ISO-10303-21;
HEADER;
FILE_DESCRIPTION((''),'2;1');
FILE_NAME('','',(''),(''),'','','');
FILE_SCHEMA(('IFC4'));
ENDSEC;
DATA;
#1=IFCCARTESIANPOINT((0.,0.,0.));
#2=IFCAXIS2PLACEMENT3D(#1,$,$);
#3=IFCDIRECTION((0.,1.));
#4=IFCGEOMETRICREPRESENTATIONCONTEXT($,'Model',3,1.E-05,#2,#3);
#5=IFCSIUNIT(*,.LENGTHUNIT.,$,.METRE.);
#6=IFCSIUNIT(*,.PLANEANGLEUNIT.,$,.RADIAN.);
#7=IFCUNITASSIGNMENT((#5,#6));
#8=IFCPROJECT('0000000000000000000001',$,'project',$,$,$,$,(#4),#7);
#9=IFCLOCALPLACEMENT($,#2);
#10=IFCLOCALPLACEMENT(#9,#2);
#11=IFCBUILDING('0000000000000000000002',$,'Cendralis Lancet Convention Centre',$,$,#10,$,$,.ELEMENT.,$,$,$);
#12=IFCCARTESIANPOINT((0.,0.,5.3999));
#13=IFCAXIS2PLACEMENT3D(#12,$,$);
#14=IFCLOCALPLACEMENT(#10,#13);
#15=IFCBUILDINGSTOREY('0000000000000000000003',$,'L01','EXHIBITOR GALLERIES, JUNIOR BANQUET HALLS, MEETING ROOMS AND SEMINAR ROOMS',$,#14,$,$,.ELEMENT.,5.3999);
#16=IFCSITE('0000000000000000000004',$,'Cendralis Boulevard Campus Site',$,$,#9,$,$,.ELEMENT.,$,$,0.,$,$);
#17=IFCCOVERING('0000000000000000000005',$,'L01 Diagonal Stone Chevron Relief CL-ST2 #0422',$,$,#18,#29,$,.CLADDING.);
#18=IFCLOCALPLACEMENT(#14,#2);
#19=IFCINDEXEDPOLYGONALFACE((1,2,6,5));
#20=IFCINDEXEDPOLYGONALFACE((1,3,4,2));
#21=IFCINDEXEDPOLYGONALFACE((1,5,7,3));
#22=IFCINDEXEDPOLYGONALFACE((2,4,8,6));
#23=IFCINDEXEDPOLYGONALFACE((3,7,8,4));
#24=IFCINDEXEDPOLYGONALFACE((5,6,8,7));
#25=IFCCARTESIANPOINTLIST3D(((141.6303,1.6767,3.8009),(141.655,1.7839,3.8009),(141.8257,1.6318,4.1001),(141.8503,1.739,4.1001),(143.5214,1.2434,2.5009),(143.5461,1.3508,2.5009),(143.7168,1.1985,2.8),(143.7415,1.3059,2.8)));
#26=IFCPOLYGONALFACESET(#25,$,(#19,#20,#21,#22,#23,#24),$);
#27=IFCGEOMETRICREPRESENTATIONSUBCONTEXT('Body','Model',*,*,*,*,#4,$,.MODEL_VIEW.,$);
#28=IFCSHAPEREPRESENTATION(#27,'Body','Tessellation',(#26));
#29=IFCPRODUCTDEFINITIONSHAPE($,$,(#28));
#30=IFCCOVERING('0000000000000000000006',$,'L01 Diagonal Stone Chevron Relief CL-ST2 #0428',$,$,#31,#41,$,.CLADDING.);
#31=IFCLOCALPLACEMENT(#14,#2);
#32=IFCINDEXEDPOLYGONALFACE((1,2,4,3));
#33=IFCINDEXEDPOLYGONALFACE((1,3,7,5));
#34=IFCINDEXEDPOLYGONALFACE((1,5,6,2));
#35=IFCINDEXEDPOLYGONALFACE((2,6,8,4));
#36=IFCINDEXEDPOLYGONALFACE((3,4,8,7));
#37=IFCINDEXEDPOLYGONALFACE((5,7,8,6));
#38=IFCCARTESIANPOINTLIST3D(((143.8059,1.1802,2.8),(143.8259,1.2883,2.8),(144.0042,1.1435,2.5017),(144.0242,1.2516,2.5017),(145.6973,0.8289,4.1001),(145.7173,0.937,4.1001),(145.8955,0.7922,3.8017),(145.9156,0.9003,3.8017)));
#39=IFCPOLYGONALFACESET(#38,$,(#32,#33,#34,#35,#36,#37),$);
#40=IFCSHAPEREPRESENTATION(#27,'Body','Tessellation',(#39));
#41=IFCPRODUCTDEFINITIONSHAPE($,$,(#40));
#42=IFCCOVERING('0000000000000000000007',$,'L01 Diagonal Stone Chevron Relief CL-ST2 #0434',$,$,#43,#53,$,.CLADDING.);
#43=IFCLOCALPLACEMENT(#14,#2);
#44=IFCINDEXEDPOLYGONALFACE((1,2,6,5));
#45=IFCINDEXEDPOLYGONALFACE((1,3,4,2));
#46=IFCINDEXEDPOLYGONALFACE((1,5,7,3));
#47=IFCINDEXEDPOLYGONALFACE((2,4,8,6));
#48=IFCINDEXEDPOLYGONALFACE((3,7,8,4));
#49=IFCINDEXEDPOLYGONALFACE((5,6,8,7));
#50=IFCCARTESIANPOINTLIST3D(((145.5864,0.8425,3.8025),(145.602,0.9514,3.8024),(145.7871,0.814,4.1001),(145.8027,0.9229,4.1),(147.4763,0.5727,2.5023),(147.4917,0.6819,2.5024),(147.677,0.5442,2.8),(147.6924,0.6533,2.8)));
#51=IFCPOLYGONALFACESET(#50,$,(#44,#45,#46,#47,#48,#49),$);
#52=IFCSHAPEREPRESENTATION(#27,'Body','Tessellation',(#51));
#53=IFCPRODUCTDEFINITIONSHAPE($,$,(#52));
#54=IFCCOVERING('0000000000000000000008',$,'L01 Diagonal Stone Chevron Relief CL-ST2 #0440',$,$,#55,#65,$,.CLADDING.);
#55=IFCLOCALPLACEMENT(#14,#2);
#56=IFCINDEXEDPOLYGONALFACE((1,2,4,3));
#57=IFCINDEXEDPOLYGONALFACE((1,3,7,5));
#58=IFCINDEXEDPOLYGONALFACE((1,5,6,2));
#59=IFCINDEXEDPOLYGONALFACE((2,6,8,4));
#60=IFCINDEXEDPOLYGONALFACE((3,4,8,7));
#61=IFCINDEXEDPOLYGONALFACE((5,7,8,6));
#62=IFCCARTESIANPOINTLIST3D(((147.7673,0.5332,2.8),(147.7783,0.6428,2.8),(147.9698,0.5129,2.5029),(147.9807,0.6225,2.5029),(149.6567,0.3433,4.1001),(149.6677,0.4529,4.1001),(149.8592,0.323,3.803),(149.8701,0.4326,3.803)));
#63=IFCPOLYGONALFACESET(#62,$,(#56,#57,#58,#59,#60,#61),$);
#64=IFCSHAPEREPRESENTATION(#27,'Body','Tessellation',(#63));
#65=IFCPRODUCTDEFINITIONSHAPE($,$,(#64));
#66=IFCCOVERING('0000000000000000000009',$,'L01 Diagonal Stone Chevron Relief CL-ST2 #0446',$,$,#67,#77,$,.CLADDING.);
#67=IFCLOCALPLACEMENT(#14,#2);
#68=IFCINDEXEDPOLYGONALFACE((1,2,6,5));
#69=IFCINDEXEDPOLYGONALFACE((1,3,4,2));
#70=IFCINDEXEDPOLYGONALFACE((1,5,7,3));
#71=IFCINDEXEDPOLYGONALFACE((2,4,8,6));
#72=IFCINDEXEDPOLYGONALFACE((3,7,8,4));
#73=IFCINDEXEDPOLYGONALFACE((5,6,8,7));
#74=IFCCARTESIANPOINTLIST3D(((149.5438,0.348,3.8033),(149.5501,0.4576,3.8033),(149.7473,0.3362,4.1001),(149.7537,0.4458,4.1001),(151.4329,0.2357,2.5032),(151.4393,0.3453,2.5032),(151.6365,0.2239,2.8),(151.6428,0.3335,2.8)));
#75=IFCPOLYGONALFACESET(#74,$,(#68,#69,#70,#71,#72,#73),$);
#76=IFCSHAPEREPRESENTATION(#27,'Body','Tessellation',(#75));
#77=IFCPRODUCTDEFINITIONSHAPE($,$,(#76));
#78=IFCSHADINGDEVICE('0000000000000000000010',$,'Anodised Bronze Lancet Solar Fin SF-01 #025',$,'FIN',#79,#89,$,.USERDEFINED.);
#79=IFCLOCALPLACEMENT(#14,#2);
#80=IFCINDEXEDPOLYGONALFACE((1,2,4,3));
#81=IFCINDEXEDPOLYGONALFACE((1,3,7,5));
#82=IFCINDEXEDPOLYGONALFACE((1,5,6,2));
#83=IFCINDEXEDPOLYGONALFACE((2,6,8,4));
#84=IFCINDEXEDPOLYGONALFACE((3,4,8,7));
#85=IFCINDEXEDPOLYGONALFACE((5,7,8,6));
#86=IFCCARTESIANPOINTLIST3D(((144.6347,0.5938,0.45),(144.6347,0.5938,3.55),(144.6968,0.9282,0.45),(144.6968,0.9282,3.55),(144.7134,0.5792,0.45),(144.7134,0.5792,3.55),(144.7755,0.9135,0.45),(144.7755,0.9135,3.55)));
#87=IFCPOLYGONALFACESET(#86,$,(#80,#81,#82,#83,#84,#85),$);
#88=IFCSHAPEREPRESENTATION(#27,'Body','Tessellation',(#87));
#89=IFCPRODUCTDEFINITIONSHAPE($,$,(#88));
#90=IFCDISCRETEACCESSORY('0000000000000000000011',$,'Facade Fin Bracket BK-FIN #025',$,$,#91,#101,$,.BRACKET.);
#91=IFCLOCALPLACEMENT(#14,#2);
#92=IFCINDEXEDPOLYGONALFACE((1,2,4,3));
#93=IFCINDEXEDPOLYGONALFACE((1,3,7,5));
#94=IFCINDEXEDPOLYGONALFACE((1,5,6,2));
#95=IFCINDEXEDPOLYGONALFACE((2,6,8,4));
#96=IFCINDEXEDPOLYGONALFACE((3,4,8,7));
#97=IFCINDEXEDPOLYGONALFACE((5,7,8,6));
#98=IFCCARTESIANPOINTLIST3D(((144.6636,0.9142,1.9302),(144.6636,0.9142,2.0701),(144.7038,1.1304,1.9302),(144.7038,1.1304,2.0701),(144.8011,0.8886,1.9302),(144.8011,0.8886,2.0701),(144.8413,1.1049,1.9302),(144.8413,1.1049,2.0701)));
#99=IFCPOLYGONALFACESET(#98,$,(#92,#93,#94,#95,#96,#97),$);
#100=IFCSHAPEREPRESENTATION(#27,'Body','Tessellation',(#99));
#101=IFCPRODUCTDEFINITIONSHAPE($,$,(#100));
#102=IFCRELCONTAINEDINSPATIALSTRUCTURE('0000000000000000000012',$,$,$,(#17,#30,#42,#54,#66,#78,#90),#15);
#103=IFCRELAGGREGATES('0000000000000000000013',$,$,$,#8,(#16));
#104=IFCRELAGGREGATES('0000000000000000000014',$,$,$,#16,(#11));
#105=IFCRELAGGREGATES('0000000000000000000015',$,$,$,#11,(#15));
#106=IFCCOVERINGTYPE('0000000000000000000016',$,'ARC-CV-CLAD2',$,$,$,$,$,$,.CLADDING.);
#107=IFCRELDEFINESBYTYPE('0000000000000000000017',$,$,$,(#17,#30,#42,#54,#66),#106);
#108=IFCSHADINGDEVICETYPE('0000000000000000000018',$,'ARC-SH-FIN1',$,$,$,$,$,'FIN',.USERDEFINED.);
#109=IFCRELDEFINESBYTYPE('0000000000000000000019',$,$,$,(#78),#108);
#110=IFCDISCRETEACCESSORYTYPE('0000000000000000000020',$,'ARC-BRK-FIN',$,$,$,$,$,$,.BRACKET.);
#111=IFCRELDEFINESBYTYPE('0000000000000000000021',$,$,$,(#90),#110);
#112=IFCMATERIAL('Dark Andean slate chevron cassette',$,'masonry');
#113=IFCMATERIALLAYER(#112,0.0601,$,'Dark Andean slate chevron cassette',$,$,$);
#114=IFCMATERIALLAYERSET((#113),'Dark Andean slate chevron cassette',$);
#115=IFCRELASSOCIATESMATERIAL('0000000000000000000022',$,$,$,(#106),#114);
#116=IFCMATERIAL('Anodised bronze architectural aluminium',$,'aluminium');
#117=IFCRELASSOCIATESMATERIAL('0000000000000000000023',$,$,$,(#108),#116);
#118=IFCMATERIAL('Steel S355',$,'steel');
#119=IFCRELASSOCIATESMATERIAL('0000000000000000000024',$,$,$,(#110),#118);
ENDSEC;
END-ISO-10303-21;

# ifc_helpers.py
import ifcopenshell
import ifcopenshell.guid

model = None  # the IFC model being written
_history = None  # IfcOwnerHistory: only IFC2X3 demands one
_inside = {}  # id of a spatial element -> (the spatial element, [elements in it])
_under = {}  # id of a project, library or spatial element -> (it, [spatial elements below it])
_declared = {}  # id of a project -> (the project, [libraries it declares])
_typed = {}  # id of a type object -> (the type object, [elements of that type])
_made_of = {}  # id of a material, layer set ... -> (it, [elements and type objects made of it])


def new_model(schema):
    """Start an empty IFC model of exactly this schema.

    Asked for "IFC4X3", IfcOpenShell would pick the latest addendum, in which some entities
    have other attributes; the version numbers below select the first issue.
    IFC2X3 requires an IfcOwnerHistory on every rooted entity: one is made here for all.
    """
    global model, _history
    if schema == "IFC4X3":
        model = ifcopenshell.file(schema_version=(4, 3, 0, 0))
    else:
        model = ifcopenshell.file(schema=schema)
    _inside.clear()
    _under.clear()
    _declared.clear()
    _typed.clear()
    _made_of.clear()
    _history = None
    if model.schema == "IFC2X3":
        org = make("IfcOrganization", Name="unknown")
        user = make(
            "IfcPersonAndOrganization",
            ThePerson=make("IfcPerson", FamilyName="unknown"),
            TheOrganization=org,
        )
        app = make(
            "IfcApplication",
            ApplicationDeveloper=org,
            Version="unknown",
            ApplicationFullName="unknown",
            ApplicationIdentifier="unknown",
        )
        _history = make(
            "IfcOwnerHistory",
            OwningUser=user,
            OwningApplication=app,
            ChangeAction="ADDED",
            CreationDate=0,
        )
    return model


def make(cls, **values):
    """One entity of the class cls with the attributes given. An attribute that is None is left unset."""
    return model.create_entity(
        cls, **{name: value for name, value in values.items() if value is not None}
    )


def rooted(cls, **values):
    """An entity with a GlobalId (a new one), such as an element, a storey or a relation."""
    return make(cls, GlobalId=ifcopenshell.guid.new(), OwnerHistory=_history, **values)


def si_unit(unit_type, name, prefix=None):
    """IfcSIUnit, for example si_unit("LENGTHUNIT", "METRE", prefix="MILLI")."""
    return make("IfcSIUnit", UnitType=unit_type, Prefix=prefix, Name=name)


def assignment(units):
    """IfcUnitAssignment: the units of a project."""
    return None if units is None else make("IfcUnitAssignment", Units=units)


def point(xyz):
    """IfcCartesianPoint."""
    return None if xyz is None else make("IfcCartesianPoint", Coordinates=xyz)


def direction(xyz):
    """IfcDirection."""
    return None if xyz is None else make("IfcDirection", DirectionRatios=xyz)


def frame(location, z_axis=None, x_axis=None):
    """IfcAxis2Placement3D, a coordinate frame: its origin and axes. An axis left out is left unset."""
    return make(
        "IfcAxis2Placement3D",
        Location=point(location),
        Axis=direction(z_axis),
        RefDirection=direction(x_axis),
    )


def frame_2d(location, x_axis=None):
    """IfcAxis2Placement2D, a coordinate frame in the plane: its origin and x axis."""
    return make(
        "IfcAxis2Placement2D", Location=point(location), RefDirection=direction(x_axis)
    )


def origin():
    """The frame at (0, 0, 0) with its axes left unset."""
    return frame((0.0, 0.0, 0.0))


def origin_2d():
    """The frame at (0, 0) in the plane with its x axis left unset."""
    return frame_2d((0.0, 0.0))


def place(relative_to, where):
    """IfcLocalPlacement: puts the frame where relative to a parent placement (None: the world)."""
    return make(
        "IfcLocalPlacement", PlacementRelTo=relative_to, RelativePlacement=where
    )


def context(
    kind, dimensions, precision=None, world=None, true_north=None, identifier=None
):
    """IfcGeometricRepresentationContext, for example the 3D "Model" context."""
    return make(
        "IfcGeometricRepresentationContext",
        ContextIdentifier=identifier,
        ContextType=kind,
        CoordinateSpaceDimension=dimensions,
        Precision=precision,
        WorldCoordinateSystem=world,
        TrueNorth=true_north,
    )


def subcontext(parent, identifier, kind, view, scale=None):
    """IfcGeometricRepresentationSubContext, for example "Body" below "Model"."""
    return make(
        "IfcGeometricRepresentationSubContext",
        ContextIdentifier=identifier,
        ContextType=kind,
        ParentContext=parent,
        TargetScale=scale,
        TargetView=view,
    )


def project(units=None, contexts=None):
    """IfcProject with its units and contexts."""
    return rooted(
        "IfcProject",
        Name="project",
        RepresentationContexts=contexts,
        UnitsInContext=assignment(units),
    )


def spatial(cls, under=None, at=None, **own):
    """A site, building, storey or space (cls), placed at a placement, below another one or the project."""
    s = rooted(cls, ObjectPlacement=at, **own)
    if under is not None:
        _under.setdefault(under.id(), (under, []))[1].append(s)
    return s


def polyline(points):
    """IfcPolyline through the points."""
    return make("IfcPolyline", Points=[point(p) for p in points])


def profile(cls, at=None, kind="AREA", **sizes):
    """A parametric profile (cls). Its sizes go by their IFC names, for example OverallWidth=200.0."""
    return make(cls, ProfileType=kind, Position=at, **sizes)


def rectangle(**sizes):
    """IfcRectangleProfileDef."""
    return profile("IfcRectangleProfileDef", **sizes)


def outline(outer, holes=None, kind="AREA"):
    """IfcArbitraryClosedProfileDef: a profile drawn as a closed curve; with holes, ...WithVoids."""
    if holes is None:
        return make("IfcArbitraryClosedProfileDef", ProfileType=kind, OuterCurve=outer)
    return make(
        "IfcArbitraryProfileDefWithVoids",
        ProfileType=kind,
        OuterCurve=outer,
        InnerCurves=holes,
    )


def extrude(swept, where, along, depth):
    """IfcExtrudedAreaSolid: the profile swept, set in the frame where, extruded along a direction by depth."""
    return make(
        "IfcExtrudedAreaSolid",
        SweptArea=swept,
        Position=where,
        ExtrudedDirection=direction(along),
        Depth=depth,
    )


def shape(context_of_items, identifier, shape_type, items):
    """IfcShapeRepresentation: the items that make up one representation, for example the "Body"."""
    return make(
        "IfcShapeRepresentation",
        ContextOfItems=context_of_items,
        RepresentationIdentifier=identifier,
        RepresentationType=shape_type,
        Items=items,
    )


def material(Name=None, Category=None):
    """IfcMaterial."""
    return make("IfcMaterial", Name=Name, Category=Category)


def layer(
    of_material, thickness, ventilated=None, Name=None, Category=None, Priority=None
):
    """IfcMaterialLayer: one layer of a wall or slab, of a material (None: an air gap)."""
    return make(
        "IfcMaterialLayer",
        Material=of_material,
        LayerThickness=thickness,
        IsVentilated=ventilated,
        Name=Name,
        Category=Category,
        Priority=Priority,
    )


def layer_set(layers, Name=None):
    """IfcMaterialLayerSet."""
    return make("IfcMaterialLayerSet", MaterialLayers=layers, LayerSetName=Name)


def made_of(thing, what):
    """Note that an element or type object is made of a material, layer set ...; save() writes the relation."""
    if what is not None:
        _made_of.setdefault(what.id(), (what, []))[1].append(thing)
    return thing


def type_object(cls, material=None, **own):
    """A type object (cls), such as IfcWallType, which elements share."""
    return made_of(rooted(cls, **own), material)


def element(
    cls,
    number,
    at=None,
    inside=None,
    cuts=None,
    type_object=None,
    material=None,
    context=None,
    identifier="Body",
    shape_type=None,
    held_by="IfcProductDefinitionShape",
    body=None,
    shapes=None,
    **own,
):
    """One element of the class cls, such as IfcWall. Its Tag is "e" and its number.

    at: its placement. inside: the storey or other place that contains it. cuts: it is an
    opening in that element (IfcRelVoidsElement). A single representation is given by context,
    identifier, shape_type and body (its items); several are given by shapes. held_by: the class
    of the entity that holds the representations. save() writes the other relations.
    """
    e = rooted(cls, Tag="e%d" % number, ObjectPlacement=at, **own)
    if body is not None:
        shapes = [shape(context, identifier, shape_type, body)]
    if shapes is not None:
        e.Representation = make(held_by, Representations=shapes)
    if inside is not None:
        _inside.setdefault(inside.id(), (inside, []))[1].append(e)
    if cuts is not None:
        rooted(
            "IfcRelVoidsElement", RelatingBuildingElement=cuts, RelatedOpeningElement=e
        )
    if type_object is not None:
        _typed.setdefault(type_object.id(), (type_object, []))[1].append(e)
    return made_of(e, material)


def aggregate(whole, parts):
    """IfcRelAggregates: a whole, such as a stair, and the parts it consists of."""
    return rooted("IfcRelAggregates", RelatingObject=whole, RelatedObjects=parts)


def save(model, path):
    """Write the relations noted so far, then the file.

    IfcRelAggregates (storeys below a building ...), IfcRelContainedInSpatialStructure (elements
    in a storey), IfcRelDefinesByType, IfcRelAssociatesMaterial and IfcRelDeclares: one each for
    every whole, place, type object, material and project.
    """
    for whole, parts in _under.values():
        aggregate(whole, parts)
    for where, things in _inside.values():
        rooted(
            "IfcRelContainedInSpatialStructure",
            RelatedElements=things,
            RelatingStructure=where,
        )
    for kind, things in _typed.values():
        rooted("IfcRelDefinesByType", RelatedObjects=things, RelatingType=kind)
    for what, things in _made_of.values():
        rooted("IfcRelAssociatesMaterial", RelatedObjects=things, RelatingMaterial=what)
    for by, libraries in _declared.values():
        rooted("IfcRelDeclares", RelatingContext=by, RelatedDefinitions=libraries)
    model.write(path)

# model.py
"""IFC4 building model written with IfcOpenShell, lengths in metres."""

from ifc_helpers import new_model, si_unit, direction, frame, origin, origin_2d, place, context, subcontext, project, spatial, polyline, rectangle, outline, extrude, material, layer, layer_set, type_object, element, save


model = new_model("IFC4")

# Units and contexts
model_context = context("Model", 3, precision=1e-05, world=origin(), true_north=direction((0.0, 1.0)))
body_context = subcontext(model_context, "Body", "Model", "MODEL_VIEW")
ifc_project = project(units=[si_unit("LENGTHUNIT", "METRE"), si_unit("PLANEANGLEUNIT", "RADIAN")], contexts=[model_context])

# Site, building, storey
site_placement = place(None, origin())
site = spatial("IfcSite", under=ifc_project, at=site_placement, Name="Cendralis Boulevard Campus Site", CompositionType="ELEMENT", RefElevation=0.0)
building_placement = place(site_placement, origin())
building = spatial("IfcBuilding", under=site, at=building_placement, Name="Cendralis Lancet Convention Centre", CompositionType="ELEMENT")
storey_placement = place(building_placement, frame((0.0, 0.0, 5.3999)))
storey = spatial("IfcBuildingStorey", under=building, at=storey_placement, Name="L01", Description="EXHIBITOR GALLERIES, JUNIOR BANQUET HALLS, MEETING ROOMS AND SEMINAR ROOMS", CompositionType="ELEMENT", Elevation=5.3999)

# Shared definitions
ifc_material_1 = material(Name="Dark Andean slate chevron cassette", Category="masonry")

# Coverings
ifc_layer_1 = layer(ifc_material_1, 0.0601, Name="Dark Andean slate chevron cassette")
ifc_layer_set_1 = layer_set([ifc_layer_1], Name="Dark Andean slate chevron cassette")
covering_type_1 = type_object("IfcCoveringType", Name="ARC-CV-CLAD2", PredefinedType="CLADDING", material=ifc_layer_set_1)
covering_1_placement = place(storey_placement, frame((141.8257, 1.6318, 4.1001), z_axis=(0.542528, -0.124676, 0.830734), x_axis=(0.809746, -0.185554, -0.556669)))
element("IfcCovering", 1, at=covering_1_placement, inside=storey, type_object=covering_type_1, Name="L01 Diagonal Stone Chevron Relief CL-ST2 #0422", PredefinedType="CLADDING", context=body_context, shape_type="SweptSolid", body=[
    extrude(outline(polyline([(0.0, 0.0), (2.3354, 0.0), (2.3355, 0.1102), (0.0001, 0.11), (0.0, 0.0)])), origin(), (0.0, 0.0, -1.0), 0.3601),
])
covering_2_placement = place(storey_placement, frame((143.8059, 1.1802, 2.8), z_axis=(-0.550577, 0.101913, 0.82854), x_axis=(0.814606, -0.151313, 0.55993)))
element("IfcCovering", 2, at=covering_2_placement, inside=storey, type_object=covering_type_1, Name="L01 Diagonal Stone Chevron Relief CL-ST2 #0428", PredefinedType="CLADDING", context=body_context, shape_type="SweptSolid", body=[
    extrude(outline(polyline([(0.0, 0.0), (2.3218, 0.0), (2.3217, 0.11), (-0.0001, 0.11), (0.0, 0.0)])), origin(), (0.0, 0.0, -1.0), 0.3601),
])
covering_3_placement = place(storey_placement, frame((145.7871, 0.814, 4.1001), z_axis=(0.557291, -0.079256, 0.826526), x_axis=(0.818232, -0.1168, -0.562899)))
element("IfcCovering", 3, at=covering_3_placement, inside=storey, type_object=covering_type_1, Name="L01 Diagonal Stone Chevron Relief CL-ST2 #0434", PredefinedType="CLADDING", context=body_context, shape_type="SweptSolid", body=[
    extrude(outline(polyline([(0.0, 0.0), (2.3097, 0.0), (2.3095, 0.1102), (0.0001, 0.11), (0.0, 0.0)])), origin(), (0.0, 0.0, -1.0), 0.3601),
])
covering_4_placement = place(storey_placement, frame((147.7673, 0.5332, 2.8), z_axis=(-0.5621, 0.056335, 0.825149), x_axis=(0.821011, -0.082536, 0.564915)))
element("IfcCovering", 4, at=covering_4_placement, inside=storey, type_object=covering_type_1, Name="L01 Diagonal Stone Chevron Relief CL-ST2 #0440", PredefinedType="CLADDING", context=body_context, shape_type="SweptSolid", body=[
    extrude(outline(polyline([(0.0, 0.0), (2.3013, 0.0), (2.3013, 0.1102), (0.0, 0.1102), (0.0, 0.0)])), origin(), (0.0, 0.0, -1.0), 0.3601),
])
covering_5_placement = place(storey_placement, frame((149.7473, 0.3362, 4.1001), z_axis=(0.565274, -0.032733, 0.824253), x_axis=(0.822801, -0.048913, -0.566221)))
element("IfcCovering", 5, at=covering_5_placement, inside=storey, type_object=covering_type_1, Name="L01 Diagonal Stone Chevron Relief CL-ST2 #0446", PredefinedType="CLADDING", context=body_context, shape_type="SweptSolid", body=[
    extrude(outline(polyline([(0.0, 0.0), (2.296, 0.0), (2.2959, 0.1098), (-0.0001, 0.1098), (0.0, 0.0)])), origin(), (0.0, 0.0, -1.0), 0.3601),
])

# Shading device
ifc_material_2 = material(Name="Anodised bronze architectural aluminium", Category="aluminium")
shading_device_type = type_object("IfcShadingDeviceType", Name="ARC-SH-FIN1", ElementType="FIN", PredefinedType="USERDEFINED", material=ifc_material_2)
shading_device_placement = place(storey_placement, frame((144.7051, 0.7537, 0.45), z_axis=(0.0, 0.0, 1.0), x_axis=(0.983175, -0.182665, 0.0)))
element("IfcShadingDevice", 6, at=shading_device_placement, inside=storey, type_object=shading_device_type, Name="Anodised Bronze Lancet Solar Fin SF-01 #025", ObjectType="FIN", PredefinedType="USERDEFINED", context=body_context, shape_type="SweptSolid", body=[
    extrude(rectangle(XDim=0.0801, YDim=0.3401, at=origin_2d()), origin(), (0.0, 0.0, 1.0), 3.1001),
])

# Discrete accessory
ifc_material_3 = material(Name="Steel S355", Category="steel")
discrete_accessory_type = type_object("IfcDiscreteAccessoryType", Name="ARC-BRK-FIN", PredefinedType="BRACKET", material=ifc_material_3)
discrete_accessory_placement = place(storey_placement, frame((144.7524, 1.0095, 1.9302), z_axis=(0.0, 0.0, 1.0), x_axis=(0.983175, -0.182665, 0.0)))
element("IfcDiscreteAccessory", 7, at=discrete_accessory_placement, inside=storey, type_object=discrete_accessory_type, Name="Facade Fin Bracket BK-FIN #025", PredefinedType="BRACKET", context=body_context, shape_type="SweptSolid", body=[
    extrude(rectangle(XDim=0.1399, YDim=0.22, at=origin_2d()), origin(), (0.0, 0.0, 1.0), 0.1399),
])

save(model, "model.ifc")
